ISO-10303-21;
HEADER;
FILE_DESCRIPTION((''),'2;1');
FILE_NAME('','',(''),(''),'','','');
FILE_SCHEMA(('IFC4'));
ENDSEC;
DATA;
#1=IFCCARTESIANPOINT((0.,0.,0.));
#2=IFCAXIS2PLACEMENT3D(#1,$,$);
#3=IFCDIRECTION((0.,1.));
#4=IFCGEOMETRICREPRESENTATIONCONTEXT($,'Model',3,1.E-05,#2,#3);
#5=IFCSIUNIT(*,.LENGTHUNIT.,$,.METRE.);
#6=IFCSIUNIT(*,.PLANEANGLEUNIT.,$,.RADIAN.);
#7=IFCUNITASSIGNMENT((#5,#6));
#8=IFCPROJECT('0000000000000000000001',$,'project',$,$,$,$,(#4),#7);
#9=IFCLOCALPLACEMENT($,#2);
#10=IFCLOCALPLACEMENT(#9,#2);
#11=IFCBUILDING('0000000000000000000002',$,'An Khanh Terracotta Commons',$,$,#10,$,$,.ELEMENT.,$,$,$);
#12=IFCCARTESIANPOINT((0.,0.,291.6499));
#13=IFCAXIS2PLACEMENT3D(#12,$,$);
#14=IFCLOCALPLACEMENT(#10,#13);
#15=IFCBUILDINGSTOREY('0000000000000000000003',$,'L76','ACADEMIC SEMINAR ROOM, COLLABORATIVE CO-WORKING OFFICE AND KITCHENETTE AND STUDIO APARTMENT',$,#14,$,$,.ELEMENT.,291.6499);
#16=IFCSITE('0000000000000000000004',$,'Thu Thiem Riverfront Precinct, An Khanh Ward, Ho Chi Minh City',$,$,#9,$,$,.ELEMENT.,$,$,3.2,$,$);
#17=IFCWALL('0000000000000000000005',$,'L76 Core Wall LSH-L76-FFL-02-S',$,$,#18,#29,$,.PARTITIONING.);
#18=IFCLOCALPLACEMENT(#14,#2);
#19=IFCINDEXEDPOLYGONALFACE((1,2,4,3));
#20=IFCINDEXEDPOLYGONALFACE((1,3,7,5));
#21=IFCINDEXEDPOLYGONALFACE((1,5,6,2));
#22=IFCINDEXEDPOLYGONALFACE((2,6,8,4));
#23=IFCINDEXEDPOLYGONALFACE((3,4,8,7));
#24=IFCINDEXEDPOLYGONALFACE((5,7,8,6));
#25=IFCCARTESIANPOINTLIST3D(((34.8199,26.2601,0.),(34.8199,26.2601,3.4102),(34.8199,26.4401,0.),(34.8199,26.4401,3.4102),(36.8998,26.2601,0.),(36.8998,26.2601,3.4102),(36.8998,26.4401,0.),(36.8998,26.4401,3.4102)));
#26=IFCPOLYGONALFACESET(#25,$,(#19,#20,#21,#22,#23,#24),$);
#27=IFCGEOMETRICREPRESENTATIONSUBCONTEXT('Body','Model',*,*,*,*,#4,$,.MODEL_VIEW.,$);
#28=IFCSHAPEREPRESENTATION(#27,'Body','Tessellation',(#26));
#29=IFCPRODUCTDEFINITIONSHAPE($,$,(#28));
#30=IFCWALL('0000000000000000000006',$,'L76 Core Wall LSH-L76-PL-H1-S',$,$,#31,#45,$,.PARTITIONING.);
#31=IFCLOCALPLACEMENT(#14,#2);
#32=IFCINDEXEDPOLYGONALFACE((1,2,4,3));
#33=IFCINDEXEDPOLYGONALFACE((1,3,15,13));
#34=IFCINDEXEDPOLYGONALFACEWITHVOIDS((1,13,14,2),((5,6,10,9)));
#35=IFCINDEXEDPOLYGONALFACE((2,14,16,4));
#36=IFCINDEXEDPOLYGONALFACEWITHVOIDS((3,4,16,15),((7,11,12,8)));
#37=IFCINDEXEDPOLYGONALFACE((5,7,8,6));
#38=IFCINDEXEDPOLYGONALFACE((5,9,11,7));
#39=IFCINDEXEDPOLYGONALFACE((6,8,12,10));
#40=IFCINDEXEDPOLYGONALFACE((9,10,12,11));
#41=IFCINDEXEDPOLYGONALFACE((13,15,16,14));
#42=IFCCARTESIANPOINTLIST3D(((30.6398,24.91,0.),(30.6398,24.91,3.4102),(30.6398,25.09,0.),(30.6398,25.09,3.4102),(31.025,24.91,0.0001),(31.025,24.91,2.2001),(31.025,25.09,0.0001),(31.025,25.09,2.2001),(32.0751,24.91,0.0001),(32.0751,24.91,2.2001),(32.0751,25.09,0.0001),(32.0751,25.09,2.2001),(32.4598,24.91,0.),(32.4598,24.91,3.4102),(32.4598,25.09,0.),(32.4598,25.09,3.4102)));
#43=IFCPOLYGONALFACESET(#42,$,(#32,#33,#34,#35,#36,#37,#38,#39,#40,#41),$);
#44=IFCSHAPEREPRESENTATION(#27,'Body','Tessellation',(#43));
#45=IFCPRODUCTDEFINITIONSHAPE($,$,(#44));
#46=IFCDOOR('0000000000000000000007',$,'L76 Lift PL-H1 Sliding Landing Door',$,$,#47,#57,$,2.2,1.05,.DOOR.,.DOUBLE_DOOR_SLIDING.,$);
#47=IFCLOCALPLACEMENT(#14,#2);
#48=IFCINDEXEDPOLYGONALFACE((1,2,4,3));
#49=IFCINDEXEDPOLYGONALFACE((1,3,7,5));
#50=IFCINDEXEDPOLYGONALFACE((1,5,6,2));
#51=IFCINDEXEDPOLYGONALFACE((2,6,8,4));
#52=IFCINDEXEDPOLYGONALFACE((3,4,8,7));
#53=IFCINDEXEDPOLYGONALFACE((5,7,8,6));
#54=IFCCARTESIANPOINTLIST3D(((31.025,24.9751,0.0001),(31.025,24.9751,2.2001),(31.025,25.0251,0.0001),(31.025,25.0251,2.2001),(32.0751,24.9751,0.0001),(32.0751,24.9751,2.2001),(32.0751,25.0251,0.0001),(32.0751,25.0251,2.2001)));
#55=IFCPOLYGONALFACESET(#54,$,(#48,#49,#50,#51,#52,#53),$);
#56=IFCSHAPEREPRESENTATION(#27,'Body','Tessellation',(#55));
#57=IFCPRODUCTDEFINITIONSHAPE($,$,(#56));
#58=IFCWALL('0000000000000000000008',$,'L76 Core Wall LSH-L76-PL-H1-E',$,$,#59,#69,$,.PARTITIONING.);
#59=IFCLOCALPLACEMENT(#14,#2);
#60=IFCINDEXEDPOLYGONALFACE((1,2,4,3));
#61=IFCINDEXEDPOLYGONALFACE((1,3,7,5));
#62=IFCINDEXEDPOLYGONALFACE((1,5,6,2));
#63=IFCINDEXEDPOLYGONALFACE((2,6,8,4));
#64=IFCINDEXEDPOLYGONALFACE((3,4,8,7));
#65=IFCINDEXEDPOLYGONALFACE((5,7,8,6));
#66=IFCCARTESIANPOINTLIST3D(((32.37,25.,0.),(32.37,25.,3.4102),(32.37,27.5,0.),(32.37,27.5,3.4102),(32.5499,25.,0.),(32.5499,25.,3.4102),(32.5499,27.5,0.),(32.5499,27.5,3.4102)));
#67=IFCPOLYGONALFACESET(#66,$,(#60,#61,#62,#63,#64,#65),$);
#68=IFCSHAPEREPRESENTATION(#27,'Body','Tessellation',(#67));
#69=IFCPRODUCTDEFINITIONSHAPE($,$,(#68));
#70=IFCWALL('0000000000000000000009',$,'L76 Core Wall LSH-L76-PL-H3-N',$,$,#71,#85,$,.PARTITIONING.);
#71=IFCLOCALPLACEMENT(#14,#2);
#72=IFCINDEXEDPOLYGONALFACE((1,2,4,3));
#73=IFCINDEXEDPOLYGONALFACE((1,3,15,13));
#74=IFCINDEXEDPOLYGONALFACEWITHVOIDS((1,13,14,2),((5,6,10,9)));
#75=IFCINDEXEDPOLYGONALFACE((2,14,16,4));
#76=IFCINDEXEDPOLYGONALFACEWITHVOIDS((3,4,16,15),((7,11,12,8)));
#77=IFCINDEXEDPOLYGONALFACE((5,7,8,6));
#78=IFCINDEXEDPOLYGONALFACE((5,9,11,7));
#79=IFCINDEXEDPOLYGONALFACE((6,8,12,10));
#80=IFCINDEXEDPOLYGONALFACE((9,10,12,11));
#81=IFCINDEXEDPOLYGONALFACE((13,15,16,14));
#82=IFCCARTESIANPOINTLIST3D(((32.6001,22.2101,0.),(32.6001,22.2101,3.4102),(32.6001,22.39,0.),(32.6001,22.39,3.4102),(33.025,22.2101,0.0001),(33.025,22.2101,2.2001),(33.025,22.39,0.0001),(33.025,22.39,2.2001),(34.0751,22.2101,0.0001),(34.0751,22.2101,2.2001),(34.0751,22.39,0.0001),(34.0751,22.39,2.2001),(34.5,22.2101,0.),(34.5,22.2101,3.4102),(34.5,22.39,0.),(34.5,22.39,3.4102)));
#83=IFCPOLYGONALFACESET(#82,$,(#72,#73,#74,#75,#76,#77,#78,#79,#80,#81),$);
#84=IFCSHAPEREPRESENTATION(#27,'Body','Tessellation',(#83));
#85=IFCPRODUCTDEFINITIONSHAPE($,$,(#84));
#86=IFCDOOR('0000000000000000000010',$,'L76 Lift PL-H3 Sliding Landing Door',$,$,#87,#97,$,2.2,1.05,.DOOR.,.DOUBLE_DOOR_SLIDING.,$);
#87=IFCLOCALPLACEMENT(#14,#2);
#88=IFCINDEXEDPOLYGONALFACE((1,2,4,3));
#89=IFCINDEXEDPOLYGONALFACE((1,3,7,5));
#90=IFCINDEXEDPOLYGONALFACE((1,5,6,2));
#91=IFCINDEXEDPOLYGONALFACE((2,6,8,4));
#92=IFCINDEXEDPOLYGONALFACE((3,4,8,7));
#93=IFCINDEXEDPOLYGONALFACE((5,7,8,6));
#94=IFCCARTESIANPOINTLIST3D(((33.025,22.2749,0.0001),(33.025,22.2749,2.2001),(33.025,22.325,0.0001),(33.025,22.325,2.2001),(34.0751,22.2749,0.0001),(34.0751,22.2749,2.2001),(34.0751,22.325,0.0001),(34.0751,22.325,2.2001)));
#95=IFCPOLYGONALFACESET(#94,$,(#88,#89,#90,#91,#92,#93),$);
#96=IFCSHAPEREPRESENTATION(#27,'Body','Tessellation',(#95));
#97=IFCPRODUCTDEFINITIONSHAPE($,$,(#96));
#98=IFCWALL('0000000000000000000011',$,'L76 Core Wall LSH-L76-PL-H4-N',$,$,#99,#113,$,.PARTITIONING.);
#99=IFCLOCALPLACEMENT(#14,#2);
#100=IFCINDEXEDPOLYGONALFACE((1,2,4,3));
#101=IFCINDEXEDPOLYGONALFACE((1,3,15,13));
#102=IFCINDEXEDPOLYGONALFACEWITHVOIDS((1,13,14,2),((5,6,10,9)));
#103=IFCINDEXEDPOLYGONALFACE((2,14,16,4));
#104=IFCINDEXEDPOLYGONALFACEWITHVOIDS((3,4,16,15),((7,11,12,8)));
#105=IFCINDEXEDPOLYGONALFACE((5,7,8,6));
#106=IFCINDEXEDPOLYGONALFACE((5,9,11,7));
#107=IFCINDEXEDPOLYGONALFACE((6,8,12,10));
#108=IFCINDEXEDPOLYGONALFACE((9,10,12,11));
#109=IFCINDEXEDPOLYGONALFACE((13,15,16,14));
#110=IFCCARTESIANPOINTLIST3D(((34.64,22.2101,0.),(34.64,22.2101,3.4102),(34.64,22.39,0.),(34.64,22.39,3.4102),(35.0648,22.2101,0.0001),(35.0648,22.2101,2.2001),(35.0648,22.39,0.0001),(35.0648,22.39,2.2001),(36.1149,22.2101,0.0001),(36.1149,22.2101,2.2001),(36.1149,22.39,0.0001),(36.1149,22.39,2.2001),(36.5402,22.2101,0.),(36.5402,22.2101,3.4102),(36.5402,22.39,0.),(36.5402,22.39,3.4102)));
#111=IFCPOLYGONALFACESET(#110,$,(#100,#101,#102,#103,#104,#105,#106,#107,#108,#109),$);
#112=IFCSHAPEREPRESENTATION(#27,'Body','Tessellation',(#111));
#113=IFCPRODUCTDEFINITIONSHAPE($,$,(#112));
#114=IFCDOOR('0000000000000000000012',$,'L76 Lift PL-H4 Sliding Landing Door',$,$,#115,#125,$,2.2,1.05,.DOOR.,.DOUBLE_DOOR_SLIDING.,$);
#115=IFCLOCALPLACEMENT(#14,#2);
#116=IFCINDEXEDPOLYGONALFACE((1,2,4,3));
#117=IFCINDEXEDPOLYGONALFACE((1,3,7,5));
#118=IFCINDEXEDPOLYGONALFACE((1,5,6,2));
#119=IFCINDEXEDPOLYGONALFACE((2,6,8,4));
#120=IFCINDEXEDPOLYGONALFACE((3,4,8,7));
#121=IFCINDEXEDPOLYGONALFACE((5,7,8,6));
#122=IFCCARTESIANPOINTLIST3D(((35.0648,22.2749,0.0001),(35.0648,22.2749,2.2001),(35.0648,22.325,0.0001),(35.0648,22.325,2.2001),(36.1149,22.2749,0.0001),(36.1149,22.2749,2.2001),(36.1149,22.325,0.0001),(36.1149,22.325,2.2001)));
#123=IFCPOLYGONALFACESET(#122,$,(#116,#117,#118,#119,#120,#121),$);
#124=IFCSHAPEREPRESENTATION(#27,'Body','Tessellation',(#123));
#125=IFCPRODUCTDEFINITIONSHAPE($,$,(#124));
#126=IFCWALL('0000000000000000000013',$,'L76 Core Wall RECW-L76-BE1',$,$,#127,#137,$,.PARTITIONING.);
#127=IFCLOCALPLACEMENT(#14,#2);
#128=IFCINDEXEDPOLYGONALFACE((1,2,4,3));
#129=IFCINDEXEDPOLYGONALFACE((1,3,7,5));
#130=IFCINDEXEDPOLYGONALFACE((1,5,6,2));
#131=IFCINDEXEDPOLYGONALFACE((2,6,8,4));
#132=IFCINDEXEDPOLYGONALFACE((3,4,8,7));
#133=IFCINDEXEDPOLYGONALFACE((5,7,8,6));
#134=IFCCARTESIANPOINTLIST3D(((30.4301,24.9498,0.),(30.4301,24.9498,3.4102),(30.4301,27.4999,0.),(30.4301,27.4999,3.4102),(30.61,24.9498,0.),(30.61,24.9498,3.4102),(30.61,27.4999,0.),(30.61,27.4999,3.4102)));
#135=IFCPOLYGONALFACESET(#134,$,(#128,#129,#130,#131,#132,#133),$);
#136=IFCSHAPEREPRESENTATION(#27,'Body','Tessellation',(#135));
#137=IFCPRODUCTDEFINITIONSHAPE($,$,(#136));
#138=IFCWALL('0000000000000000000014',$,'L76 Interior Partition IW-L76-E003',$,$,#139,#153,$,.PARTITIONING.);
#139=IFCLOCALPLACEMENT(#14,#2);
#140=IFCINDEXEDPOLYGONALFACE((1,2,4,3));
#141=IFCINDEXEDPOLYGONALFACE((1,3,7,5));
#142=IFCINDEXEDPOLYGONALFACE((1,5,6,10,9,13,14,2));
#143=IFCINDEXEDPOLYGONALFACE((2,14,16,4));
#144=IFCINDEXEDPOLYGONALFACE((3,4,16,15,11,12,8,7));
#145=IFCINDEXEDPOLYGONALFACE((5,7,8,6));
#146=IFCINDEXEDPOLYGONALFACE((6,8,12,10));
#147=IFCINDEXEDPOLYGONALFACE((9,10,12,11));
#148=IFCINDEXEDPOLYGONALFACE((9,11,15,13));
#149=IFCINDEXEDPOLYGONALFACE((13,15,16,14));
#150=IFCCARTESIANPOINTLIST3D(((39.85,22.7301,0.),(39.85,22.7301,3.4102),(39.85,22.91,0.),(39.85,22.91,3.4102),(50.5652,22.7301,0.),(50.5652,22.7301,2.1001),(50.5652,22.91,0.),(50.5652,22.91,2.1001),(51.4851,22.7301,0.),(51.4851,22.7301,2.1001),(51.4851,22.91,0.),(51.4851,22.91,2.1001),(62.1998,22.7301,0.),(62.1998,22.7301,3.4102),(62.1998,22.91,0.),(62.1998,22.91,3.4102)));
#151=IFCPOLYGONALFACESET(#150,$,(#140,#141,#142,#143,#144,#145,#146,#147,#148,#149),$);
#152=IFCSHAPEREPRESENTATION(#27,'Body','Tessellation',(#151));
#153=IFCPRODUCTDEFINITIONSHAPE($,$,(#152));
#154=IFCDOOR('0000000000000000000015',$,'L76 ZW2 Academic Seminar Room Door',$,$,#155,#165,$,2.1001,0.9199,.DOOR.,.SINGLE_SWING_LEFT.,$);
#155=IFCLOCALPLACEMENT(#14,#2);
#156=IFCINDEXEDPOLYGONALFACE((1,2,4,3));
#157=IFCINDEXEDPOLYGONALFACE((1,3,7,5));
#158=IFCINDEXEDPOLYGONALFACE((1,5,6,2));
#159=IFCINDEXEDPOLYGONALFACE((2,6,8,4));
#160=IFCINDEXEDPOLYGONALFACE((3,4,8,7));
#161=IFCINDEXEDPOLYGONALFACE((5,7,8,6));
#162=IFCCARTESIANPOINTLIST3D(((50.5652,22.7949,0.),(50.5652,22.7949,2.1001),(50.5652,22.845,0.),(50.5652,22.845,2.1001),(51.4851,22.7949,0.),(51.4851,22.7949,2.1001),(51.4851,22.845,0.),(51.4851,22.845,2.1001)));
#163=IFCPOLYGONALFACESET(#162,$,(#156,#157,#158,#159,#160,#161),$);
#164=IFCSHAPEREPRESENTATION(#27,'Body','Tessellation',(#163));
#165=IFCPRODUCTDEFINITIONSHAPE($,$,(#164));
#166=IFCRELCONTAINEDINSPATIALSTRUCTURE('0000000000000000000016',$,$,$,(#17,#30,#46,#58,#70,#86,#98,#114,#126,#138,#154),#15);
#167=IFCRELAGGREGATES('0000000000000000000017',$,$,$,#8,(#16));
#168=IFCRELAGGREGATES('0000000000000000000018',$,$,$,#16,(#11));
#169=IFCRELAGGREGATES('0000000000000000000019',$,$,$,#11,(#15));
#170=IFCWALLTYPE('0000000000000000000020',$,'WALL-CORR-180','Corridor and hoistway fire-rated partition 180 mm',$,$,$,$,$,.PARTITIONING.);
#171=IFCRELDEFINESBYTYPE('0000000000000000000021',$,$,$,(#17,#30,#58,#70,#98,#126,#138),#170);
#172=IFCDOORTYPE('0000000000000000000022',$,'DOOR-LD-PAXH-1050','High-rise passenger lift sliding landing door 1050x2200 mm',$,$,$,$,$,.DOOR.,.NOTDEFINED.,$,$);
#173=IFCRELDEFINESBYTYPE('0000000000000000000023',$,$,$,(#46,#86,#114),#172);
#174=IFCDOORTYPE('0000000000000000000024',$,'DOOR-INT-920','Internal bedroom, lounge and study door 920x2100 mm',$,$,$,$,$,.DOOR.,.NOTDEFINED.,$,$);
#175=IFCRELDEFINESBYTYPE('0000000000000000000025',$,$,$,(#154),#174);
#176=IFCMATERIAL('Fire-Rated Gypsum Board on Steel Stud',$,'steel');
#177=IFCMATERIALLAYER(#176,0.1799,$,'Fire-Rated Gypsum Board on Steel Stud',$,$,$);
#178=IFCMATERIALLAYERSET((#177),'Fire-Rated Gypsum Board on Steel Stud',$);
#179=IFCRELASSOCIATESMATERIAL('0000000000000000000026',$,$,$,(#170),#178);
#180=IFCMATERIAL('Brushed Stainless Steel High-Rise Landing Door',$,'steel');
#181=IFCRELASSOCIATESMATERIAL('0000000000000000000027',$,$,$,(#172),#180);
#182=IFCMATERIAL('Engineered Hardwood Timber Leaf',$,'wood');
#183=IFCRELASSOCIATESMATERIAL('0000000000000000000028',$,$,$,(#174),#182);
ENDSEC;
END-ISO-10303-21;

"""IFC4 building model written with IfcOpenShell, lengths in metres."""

from ifc_helpers import new_model, si_unit, direction, frame, frame_2d, origin, place, context, subcontext, project, spatial, rectangle, extrude, material, layer, layer_set, type_object, element, fill, save


model = new_model("IFC4")

# Units and contexts
model_context = context("Model", 3, precision=1e-05, world=origin(), true_north=direction((0.0, 1.0)))
body_context = subcontext(model_context, "Body", "Model", "MODEL_VIEW")
ifc_project = project(units=[si_unit("LENGTHUNIT", "METRE"), si_unit("PLANEANGLEUNIT", "RADIAN")], contexts=[model_context])

# Site, building, storey
site_placement = place(None, origin())
site = spatial("IfcSite", under=ifc_project, at=site_placement, Name="Thu Thiem Riverfront Precinct, An Khanh Ward, Ho Chi Minh City", CompositionType="ELEMENT", RefElevation=3.2)
building_placement = place(site_placement, origin())
building = spatial("IfcBuilding", under=site, at=building_placement, Name="An Khanh Terracotta Commons", CompositionType="ELEMENT")
storey_placement = place(building_placement, frame((0.0, 0.0, 291.6499)))
storey = spatial("IfcBuildingStorey", under=building, at=storey_placement, Name="L76", Description="ACADEMIC SEMINAR ROOM, COLLABORATIVE CO-WORKING OFFICE AND KITCHENETTE AND STUDIO APARTMENT", CompositionType="ELEMENT", Elevation=291.6499)

# Wall
ifc_material_1 = material(Name="Fire-Rated Gypsum Board on Steel Stud", Category="steel")
ifc_layer = layer(ifc_material_1, 0.1799, Name="Fire-Rated Gypsum Board on Steel Stud")
ifc_layer_set = layer_set([ifc_layer], Name="Fire-Rated Gypsum Board on Steel Stud")
wall_type = type_object("IfcWallType", Name="WALL-CORR-180", Description="Corridor and hoistway fire-rated partition 180 mm", PredefinedType="PARTITIONING", material=ifc_layer_set)
wall_1_placement = place(storey_placement, frame((36.8999, 26.3501, 0.0), z_axis=(0.0, 0.0, 1.0), x_axis=(-1.0, 0.0, 0.0)))
element("IfcWall", 1, at=wall_1_placement, inside=storey, type_object=wall_type, Name="L76 Core Wall LSH-L76-FFL-02-S", PredefinedType="PARTITIONING", context=body_context, shape_type="SweptSolid", body=[
    extrude(rectangle(XDim=2.0798, YDim=0.1799, at=frame_2d((1.04, 0.0))), origin(), (0.0, 0.0, 1.0), 3.4102),
])

# Wall, opening, door
wall_2_placement = place(storey_placement, frame((32.46, 25.0, 0.0), z_axis=(0.0, 0.0, 1.0), x_axis=(-1.0, 0.0, 0.0)))
wall_2 = element("IfcWall", 2, at=wall_2_placement, inside=storey, type_object=wall_type, Name="L76 Core Wall LSH-L76-PL-H1-S", PredefinedType="PARTITIONING", context=body_context, shape_type="SweptSolid", body=[
    extrude(rectangle(XDim=1.8201, YDim=0.1799, at=frame_2d((0.9102, 0.0))), origin(), (0.0, 0.0, 1.0), 3.4102),
])
opening_1_placement = place(wall_2_placement, frame((0.385, 0.0, 0.0)))
opening_1 = element("IfcOpeningElement", 3, at=opening_1_placement, cuts=wall_2, PredefinedType="OPENING", context=body_context, shape_type="SweptSolid", body=[
    extrude(rectangle(XDim=1.05, YDim=2.2, at=frame_2d((0.5249, 1.1001))), frame((0.0, 0.0999, 0.0), z_axis=(0.0, -1.0, 0.0), x_axis=(1.0, 0.0, 0.0)), (0.0, 0.0, 1.0), 0.2),
])
ifc_material_2 = material(Name="Brushed Stainless Steel High-Rise Landing Door", Category="steel")
door_type_1 = type_object("IfcDoorType", Name="DOOR-LD-PAXH-1050", Description="High-rise passenger lift sliding landing door 1050x2200 mm", OperationType="NOTDEFINED", PredefinedType="DOOR", material=ifc_material_2)
door_1_placement = place(opening_1_placement, origin())
door_1 = element("IfcDoor", 4, at=door_1_placement, inside=storey, type_object=door_type_1, Name="L76 Lift PL-H1 Sliding Landing Door", OperationType="DOUBLE_DOOR_SLIDING", OverallHeight=2.2, OverallWidth=1.05, PredefinedType="DOOR", context=body_context, shape_type="SweptSolid", body=[
    extrude(rectangle(XDim=1.05, YDim=2.2, at=frame_2d((0.5249, 1.1001))), frame((0.0, 0.0249, 0.0), z_axis=(0.0, -1.0, 0.0), x_axis=(1.0, 0.0, 0.0)), (0.0, 0.0, 1.0), 0.05),
])
fill(opening_1, door_1)

# Wall
wall_3_placement = place(storey_placement, frame((32.46, 25.0, 0.0), z_axis=(0.0, 0.0, 1.0), x_axis=(0.0, 1.0, 0.0)))
element("IfcWall", 5, at=wall_3_placement, inside=storey, type_object=wall_type, Name="L76 Core Wall LSH-L76-PL-H1-E", PredefinedType="PARTITIONING", context=body_context, shape_type="SweptSolid", body=[
    extrude(rectangle(XDim=2.5, YDim=0.1799, at=frame_2d((1.25, 0.0))), origin(), (0.0, 0.0, 1.0), 3.4102),
])

# Walls, openings, doors
wall_4_placement = place(storey_placement, frame((32.6001, 22.3, 0.0), z_axis=(0.0, 0.0, 1.0), x_axis=(1.0, 0.0, 0.0)))
wall_4 = element("IfcWall", 6, at=wall_4_placement, inside=storey, type_object=wall_type, Name="L76 Core Wall LSH-L76-PL-H3-N", PredefinedType="PARTITIONING", context=body_context, shape_type="SweptSolid", body=[
    extrude(rectangle(XDim=1.8999, YDim=0.1799, at=frame_2d((0.95, 0.0))), origin(), (0.0, 0.0, 1.0), 3.4102),
])
opening_2_placement = place(wall_4_placement, frame((0.425, 0.0, 0.0)))
opening_2 = element("IfcOpeningElement", 7, at=opening_2_placement, cuts=wall_4, PredefinedType="OPENING", context=body_context, shape_type="SweptSolid", body=[
    extrude(rectangle(XDim=1.05, YDim=2.2, at=frame_2d((0.5249, 1.1001))), frame((0.0, 0.0999, 0.0), z_axis=(0.0, -1.0, 0.0), x_axis=(1.0, 0.0, 0.0)), (0.0, 0.0, 1.0), 0.2),
])
door_2_placement = place(opening_2_placement, origin())
door_2 = element("IfcDoor", 8, at=door_2_placement, inside=storey, type_object=door_type_1, Name="L76 Lift PL-H3 Sliding Landing Door", OperationType="DOUBLE_DOOR_SLIDING", OverallHeight=2.2, OverallWidth=1.05, PredefinedType="DOOR", context=body_context, shape_type="SweptSolid", body=[
    extrude(rectangle(XDim=1.05, YDim=2.2, at=frame_2d((0.5249, 1.1001))), frame((0.0, 0.0249, 0.0), z_axis=(0.0, -1.0, 0.0), x_axis=(1.0, 0.0, 0.0)), (0.0, 0.0, 1.0), 0.05),
])
fill(opening_2, door_2)
wall_5_placement = place(storey_placement, frame((34.6399, 22.3, 0.0), z_axis=(0.0, 0.0, 1.0), x_axis=(1.0, 0.0, 0.0)))
wall_5 = element("IfcWall", 9, at=wall_5_placement, inside=storey, type_object=wall_type, Name="L76 Core Wall LSH-L76-PL-H4-N", PredefinedType="PARTITIONING", context=body_context, shape_type="SweptSolid", body=[
    extrude(rectangle(XDim=1.9001, YDim=0.1799, at=frame_2d((0.9502, 0.0))), origin(), (0.0, 0.0, 1.0), 3.4102),
])
opening_3_placement = place(wall_5_placement, frame((0.425, 0.0, 0.0)))
opening_3 = element("IfcOpeningElement", 10, at=opening_3_placement, cuts=wall_5, PredefinedType="OPENING", context=body_context, shape_type="SweptSolid", body=[
    extrude(rectangle(XDim=1.05, YDim=2.2, at=frame_2d((0.5249, 1.1001))), frame((0.0, 0.0999, 0.0), z_axis=(0.0, -1.0, 0.0), x_axis=(1.0, 0.0, 0.0)), (0.0, 0.0, 1.0), 0.2),
])
door_3_placement = place(opening_3_placement, origin())
door_3 = element("IfcDoor", 11, at=door_3_placement, inside=storey, type_object=door_type_1, Name="L76 Lift PL-H4 Sliding Landing Door", OperationType="DOUBLE_DOOR_SLIDING", OverallHeight=2.2, OverallWidth=1.05, PredefinedType="DOOR", context=body_context, shape_type="SweptSolid", body=[
    extrude(rectangle(XDim=1.05, YDim=2.2, at=frame_2d((0.5249, 1.1001))), frame((0.0, 0.0249, 0.0), z_axis=(0.0, -1.0, 0.0), x_axis=(1.0, 0.0, 0.0)), (0.0, 0.0, 1.0), 0.05),
])
fill(opening_3, door_3)

# Wall
wall_6_placement = place(storey_placement, frame((30.52, 24.95, 0.0), z_axis=(0.0, 0.0, 1.0), x_axis=(0.0, 1.0, 0.0)))
element("IfcWall", 12, at=wall_6_placement, inside=storey, type_object=wall_type, Name="L76 Core Wall RECW-L76-BE1", PredefinedType="PARTITIONING", context=body_context, shape_type="SweptSolid", body=[
    extrude(rectangle(XDim=2.55, YDim=0.1799, at=frame_2d((1.2749, 0.0))), origin(), (0.0, 0.0, 1.0), 3.4102),
])

# Wall, opening, door
wall_7_placement = place(storey_placement, frame((39.8501, 22.8201, 0.0), z_axis=(0.0, 0.0, 1.0), x_axis=(1.0, 0.0, 0.0)))
wall_7 = element("IfcWall", 13, at=wall_7_placement, inside=storey, type_object=wall_type, Name="L76 Interior Partition IW-L76-E003", PredefinedType="PARTITIONING", context=body_context, shape_type="SweptSolid", body=[
    extrude(rectangle(XDim=22.3499, YDim=0.1799, at=frame_2d((11.1748, 0.0))), origin(), (0.0, 0.0, 1.0), 3.4102),
])
opening_4_placement = place(wall_7_placement, frame((10.7151, 0.0, 0.0)))
opening_4 = element("IfcOpeningElement", 14, at=opening_4_placement, cuts=wall_7, PredefinedType="OPENING", context=body_context, shape_type="SweptSolid", body=[
    extrude(rectangle(XDim=0.9199, YDim=2.1001, at=frame_2d((0.46, 1.05))), frame((0.0, 0.0999, 0.0), z_axis=(0.0, -1.0, 0.0), x_axis=(1.0, 0.0, 0.0)), (0.0, 0.0, 1.0), 0.2),
])
ifc_material_3 = material(Name="Engineered Hardwood Timber Leaf", Category="wood")
door_type_2 = type_object("IfcDoorType", Name="DOOR-INT-920", Description="Internal bedroom, lounge and study door 920x2100 mm", OperationType="NOTDEFINED", PredefinedType="DOOR", material=ifc_material_3)
door_4_placement = place(opening_4_placement, origin())
door_4 = element("IfcDoor", 15, at=door_4_placement, inside=storey, type_object=door_type_2, Name="L76 ZW2 Academic Seminar Room Door", OperationType="SINGLE_SWING_LEFT", OverallHeight=2.1001, OverallWidth=0.9199, PredefinedType="DOOR", context=body_context, shape_type="SweptSolid", body=[
    extrude(rectangle(XDim=0.9199, YDim=2.1001, at=frame_2d((0.46, 1.05))), frame((0.0, 0.0249, 0.0), z_axis=(0.0, -1.0, 0.0), x_axis=(1.0, 0.0, 0.0)), (0.0, 0.0, 1.0), 0.05),
])
fill(opening_4, door_4)

save(model, "model.ifc")
